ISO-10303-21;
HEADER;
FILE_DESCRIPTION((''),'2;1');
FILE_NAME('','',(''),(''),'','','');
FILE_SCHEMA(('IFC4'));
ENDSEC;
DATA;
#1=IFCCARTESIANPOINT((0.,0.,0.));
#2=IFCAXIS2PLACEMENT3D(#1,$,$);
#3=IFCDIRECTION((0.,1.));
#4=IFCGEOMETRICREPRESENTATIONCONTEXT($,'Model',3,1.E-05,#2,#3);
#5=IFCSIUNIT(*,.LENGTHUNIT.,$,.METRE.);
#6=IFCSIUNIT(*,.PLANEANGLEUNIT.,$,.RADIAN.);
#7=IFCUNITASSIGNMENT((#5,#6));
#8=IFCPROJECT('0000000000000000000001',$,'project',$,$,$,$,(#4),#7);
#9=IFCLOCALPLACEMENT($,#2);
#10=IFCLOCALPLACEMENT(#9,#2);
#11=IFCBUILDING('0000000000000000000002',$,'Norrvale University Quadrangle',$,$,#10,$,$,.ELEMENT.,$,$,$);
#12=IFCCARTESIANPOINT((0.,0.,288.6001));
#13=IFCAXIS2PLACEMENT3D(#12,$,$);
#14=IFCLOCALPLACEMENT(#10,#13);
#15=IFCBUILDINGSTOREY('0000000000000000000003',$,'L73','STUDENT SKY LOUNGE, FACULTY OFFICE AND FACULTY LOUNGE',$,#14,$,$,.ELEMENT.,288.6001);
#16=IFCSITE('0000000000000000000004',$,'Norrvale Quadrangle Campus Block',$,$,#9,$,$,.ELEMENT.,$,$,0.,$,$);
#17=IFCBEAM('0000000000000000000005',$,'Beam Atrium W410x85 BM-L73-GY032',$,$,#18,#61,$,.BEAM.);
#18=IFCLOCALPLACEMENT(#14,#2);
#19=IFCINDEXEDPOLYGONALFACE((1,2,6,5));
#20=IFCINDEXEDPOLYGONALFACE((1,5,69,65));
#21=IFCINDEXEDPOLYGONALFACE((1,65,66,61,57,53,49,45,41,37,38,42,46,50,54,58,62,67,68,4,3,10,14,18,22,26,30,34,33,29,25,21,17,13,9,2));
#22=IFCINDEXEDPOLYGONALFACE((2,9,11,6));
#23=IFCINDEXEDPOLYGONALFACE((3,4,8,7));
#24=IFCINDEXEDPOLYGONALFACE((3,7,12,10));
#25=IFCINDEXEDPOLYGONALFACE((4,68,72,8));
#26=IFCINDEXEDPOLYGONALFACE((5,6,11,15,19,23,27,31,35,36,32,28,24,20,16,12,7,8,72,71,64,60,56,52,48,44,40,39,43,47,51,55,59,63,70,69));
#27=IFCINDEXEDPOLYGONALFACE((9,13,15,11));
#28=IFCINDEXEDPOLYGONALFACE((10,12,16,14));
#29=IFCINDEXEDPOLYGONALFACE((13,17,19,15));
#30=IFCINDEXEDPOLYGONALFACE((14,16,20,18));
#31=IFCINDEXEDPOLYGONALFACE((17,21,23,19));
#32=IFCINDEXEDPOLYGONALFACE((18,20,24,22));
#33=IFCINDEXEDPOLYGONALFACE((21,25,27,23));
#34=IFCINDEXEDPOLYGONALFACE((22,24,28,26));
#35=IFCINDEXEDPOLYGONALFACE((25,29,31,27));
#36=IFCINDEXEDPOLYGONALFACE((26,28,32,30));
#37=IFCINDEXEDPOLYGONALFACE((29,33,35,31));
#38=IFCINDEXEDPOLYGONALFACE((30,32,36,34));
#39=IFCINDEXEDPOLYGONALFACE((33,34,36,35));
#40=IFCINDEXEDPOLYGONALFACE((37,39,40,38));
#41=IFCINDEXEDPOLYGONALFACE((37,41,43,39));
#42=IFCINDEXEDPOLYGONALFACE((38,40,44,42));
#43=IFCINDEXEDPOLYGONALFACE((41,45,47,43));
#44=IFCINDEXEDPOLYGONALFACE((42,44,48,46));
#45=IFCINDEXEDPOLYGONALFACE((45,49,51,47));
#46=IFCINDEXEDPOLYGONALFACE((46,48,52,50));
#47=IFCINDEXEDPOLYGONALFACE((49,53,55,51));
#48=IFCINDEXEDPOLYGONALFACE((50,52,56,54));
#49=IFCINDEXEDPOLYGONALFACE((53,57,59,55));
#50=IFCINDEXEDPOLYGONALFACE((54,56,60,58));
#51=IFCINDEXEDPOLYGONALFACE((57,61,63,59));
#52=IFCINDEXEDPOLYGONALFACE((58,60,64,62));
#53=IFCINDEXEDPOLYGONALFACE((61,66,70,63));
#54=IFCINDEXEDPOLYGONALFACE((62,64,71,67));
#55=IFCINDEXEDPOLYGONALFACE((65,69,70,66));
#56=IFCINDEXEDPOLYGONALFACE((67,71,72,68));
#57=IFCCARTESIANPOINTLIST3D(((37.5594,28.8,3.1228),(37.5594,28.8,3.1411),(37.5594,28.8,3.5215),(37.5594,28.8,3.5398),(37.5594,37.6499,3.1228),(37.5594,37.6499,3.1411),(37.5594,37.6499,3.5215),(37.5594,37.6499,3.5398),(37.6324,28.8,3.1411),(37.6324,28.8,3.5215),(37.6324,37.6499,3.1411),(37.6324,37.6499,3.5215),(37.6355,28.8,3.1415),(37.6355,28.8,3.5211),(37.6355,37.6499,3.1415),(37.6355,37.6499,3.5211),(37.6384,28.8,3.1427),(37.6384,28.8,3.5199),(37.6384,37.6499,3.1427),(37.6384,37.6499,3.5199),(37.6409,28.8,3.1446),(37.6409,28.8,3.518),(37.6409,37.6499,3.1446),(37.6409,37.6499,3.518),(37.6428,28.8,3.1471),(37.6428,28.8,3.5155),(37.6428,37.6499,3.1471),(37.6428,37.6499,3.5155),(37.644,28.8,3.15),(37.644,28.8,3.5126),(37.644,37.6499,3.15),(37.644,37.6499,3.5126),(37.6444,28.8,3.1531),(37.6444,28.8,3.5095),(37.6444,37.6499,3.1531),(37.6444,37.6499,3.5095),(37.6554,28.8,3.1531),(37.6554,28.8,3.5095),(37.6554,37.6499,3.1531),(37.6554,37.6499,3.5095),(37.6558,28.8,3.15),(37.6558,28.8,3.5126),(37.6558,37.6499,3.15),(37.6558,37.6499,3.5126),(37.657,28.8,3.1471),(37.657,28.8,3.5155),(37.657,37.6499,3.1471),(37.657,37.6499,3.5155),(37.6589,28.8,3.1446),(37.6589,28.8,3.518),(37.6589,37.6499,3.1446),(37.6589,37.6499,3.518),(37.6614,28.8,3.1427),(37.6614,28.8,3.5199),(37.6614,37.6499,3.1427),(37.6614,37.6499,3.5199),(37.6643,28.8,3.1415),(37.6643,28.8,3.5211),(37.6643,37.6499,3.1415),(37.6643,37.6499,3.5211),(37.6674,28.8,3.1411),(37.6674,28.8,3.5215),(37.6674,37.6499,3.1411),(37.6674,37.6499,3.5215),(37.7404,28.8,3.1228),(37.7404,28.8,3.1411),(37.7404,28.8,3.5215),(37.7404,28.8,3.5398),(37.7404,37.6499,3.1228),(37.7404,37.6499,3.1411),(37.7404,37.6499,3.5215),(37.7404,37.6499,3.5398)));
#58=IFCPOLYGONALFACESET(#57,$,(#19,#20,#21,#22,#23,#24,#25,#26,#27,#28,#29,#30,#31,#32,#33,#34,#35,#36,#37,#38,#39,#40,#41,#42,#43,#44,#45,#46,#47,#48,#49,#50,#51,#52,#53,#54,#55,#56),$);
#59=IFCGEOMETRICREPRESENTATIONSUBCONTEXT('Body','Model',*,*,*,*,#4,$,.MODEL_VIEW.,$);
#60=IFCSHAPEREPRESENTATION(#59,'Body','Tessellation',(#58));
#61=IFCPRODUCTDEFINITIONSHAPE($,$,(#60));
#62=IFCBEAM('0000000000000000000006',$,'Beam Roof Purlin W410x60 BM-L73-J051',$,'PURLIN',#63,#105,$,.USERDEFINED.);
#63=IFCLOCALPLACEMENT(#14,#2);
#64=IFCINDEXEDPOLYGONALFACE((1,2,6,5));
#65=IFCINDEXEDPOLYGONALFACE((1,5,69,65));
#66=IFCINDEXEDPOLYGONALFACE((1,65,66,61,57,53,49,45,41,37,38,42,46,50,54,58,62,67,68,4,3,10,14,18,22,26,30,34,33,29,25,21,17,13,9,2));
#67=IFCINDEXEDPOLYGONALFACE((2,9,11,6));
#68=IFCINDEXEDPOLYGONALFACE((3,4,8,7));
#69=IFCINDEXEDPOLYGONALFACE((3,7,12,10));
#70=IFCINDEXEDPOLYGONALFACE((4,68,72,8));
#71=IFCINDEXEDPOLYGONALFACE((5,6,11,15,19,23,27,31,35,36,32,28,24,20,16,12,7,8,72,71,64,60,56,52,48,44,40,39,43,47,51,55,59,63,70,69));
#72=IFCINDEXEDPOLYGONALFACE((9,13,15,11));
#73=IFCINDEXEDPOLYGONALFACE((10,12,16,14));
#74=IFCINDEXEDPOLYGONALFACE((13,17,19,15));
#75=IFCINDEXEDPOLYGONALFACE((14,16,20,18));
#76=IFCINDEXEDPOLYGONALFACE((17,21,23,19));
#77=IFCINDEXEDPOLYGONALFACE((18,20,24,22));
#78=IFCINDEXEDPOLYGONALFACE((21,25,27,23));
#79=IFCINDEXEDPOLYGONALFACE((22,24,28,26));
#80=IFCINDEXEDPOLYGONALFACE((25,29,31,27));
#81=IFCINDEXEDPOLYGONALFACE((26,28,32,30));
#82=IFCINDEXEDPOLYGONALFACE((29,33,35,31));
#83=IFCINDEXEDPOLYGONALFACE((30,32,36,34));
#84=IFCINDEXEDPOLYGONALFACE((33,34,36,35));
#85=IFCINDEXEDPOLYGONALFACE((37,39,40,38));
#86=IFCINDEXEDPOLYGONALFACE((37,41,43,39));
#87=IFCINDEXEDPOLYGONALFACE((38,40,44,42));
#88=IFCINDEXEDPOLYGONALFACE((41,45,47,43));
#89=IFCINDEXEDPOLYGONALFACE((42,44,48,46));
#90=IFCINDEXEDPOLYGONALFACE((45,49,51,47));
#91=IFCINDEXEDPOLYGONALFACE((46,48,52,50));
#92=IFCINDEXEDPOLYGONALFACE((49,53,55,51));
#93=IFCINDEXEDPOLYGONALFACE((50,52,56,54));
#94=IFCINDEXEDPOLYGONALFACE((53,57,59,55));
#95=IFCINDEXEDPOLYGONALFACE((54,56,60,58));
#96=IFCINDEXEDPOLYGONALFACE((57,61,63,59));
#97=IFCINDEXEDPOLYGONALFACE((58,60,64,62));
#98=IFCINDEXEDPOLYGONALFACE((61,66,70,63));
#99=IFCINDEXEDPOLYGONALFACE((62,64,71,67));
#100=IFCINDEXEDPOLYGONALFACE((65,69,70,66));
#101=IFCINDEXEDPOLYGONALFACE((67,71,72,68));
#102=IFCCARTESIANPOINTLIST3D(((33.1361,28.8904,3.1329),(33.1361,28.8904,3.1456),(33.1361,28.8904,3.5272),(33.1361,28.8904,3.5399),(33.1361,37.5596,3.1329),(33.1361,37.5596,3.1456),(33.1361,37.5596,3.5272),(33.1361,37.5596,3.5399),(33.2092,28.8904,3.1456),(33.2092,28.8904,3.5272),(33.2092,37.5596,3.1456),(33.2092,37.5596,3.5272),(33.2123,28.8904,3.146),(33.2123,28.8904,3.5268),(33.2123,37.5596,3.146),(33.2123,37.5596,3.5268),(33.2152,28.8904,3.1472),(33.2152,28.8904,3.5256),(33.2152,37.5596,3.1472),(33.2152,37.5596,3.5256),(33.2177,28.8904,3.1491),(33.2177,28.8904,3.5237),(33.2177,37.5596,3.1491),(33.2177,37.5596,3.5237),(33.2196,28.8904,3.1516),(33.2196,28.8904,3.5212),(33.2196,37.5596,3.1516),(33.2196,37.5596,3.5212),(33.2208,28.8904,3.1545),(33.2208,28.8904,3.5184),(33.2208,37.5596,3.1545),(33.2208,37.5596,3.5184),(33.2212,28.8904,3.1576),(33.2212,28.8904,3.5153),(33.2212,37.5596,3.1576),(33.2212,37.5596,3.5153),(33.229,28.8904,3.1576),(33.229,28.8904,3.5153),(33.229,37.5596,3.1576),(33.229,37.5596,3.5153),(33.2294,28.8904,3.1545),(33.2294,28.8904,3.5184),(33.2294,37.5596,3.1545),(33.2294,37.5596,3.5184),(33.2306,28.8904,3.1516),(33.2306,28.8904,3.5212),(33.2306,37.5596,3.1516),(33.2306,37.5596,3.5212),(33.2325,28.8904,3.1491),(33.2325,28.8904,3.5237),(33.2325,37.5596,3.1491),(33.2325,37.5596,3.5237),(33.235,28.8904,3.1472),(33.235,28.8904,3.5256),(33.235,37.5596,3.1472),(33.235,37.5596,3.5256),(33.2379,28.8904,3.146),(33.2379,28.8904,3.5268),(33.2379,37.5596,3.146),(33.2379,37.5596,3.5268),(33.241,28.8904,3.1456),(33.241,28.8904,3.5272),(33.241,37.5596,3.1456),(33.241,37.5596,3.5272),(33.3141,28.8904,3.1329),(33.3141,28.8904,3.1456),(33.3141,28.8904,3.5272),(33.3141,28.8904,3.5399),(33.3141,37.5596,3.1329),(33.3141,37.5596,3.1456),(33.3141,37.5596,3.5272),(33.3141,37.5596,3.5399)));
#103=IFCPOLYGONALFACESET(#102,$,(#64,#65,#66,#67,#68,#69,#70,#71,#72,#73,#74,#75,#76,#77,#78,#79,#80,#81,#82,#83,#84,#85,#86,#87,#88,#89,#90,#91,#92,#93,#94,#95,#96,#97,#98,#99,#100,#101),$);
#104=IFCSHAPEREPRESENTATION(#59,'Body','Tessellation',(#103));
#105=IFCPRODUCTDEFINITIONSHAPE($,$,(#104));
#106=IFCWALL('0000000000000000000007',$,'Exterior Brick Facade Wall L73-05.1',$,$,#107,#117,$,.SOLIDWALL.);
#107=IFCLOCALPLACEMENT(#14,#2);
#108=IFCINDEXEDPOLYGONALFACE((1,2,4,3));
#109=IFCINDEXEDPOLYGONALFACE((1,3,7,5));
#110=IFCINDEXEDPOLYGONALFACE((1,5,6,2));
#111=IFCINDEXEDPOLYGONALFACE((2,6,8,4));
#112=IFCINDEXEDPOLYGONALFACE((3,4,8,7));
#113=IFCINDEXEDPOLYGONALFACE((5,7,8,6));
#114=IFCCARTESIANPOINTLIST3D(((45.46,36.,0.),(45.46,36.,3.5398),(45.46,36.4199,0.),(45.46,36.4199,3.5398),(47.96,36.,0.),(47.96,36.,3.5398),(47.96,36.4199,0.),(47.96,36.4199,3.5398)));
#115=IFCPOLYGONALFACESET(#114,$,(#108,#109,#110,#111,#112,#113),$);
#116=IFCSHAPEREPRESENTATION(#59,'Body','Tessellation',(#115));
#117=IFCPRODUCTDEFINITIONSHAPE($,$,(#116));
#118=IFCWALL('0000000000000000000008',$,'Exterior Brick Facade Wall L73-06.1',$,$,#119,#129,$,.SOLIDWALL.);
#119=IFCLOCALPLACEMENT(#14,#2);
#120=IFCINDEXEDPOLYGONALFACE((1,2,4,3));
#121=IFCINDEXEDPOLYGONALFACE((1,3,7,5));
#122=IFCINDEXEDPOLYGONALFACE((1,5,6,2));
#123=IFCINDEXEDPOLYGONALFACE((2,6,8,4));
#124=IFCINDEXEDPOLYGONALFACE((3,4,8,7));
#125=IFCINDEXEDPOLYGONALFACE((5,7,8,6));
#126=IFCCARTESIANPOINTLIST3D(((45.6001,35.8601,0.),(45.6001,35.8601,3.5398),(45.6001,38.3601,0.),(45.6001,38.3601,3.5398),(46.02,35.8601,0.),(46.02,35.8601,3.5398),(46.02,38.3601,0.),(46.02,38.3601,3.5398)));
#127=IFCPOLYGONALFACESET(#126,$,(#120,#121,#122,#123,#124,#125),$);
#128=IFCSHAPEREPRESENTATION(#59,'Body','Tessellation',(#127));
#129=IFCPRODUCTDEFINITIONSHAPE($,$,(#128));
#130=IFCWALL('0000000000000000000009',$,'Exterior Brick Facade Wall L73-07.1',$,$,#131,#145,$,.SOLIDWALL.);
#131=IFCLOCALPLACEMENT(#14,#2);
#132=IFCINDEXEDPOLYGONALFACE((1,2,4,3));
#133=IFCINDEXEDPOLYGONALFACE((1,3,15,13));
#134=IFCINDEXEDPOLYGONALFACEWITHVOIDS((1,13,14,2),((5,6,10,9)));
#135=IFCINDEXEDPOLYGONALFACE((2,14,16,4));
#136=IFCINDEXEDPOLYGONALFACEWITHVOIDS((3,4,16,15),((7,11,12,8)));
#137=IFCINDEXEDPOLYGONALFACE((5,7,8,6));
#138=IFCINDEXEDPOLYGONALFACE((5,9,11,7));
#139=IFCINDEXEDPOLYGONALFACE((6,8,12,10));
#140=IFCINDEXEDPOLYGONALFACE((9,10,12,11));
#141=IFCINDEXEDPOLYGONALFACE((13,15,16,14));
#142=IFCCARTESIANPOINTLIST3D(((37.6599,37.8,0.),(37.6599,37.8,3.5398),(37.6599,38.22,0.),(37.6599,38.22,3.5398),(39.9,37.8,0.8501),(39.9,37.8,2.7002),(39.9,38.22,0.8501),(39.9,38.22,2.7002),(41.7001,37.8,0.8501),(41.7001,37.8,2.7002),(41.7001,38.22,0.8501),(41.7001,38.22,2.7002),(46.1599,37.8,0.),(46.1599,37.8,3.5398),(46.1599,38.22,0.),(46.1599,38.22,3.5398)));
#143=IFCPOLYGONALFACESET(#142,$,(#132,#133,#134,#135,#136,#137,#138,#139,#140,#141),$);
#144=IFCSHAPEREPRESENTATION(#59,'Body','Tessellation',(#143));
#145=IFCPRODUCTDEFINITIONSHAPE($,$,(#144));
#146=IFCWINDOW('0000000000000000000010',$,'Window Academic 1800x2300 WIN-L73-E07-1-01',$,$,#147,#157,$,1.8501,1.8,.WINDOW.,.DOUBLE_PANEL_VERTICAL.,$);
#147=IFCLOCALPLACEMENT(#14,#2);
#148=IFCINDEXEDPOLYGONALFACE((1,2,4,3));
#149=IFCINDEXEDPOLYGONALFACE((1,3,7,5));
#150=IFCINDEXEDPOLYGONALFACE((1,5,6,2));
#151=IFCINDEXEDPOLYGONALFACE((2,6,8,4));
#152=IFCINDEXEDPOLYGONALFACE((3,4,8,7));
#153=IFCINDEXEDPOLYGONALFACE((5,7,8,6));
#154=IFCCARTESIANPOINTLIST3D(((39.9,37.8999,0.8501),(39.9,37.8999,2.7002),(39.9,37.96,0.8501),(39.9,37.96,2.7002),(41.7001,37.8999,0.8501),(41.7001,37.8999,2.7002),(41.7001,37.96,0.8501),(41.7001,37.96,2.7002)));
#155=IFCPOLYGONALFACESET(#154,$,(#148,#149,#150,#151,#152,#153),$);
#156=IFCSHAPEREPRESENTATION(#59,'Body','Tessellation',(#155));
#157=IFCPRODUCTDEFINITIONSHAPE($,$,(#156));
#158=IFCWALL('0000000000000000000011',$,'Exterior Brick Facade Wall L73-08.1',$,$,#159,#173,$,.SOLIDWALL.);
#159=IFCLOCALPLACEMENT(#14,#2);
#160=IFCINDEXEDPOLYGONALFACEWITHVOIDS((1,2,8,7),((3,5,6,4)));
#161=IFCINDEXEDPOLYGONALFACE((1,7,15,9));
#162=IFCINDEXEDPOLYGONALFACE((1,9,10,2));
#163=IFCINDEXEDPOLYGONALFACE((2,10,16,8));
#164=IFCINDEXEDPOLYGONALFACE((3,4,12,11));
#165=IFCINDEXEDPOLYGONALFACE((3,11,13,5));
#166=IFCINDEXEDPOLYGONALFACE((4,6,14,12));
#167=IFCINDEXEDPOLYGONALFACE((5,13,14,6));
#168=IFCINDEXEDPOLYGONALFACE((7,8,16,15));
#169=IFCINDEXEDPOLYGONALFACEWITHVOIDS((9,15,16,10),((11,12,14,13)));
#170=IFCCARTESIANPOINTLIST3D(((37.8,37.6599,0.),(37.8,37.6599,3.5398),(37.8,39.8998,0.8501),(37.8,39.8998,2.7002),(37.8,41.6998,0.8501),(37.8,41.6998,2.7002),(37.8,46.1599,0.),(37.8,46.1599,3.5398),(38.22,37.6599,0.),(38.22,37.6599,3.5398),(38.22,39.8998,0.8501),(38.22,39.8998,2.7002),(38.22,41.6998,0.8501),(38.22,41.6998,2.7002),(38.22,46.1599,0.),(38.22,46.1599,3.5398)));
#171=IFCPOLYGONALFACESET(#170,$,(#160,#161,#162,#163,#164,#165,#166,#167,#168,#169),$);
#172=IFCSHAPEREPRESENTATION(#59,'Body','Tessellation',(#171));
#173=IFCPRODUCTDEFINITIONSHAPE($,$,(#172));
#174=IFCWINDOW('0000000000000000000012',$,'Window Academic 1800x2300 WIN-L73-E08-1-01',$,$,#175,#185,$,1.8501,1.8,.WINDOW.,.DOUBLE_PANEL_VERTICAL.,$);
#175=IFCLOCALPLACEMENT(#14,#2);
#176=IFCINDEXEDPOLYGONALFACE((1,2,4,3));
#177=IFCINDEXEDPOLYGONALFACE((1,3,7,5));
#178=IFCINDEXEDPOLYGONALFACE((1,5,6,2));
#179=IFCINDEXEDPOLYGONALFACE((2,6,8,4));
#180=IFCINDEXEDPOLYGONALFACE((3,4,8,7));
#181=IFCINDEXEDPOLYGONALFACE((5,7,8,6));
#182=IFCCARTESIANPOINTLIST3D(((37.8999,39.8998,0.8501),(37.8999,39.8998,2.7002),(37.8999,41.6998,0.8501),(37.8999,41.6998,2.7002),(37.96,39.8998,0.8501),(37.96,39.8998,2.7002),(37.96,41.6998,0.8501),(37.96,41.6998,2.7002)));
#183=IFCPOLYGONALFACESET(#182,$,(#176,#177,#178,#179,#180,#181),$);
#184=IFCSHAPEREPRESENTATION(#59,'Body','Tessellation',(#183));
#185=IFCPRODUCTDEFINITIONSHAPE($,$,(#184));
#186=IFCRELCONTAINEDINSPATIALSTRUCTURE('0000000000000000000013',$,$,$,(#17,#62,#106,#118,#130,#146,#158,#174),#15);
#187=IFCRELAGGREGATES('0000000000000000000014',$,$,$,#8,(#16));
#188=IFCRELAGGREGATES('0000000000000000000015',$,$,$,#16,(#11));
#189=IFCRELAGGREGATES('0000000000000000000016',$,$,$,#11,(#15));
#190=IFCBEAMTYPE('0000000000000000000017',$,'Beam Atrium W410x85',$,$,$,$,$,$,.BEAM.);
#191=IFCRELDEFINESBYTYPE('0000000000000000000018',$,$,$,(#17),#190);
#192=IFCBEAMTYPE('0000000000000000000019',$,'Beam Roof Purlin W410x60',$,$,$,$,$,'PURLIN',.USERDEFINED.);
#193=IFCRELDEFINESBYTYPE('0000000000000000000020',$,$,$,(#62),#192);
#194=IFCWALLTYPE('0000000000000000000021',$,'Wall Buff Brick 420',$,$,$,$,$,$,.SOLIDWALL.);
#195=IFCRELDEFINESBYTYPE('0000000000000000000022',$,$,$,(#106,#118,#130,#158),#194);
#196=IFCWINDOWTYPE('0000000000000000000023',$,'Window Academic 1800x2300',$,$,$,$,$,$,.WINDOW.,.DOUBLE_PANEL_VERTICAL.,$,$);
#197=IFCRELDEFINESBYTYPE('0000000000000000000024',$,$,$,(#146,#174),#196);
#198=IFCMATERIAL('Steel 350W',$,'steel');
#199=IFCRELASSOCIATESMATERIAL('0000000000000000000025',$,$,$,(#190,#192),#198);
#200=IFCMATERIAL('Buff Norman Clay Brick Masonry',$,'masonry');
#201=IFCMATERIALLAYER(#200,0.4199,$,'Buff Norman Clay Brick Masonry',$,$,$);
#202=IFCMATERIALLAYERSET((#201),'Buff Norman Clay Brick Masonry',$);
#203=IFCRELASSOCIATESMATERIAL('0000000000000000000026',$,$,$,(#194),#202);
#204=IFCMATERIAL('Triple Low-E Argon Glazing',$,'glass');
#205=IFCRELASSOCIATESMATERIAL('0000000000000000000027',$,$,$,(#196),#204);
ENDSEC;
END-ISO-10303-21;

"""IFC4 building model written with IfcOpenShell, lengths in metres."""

from ifc_helpers import new_model, si_unit, direction, frame, frame_2d, origin, origin_2d, place, context, subcontext, project, spatial, rectangle, i_section, extrude, material, layer, layer_set, material_profile, profile_set, type_object, element, fill, save


model = new_model("IFC4")

# Units and contexts
model_context = context("Model", 3, precision=1e-05, world=origin(), true_north=direction((0.0, 1.0)))
body_context = subcontext(model_context, "Body", "Model", "MODEL_VIEW")
ifc_project = project(units=[si_unit("LENGTHUNIT", "METRE"), si_unit("PLANEANGLEUNIT", "RADIAN")], contexts=[model_context])

# Site, building, storey
site_placement = place(None, origin())
site = spatial("IfcSite", under=ifc_project, at=site_placement, Name="Norrvale Quadrangle Campus Block", CompositionType="ELEMENT", RefElevation=0.0)
building_placement = place(site_placement, origin())
building = spatial("IfcBuilding", under=site, at=building_placement, Name="Norrvale University Quadrangle", CompositionType="ELEMENT")
storey_placement = place(building_placement, frame((0.0, 0.0, 288.6001)))
storey = spatial("IfcBuildingStorey", under=building, at=storey_placement, Name="L73", Description="STUDENT SKY LOUNGE, FACULTY OFFICE AND FACULTY LOUNGE", CompositionType="ELEMENT", Elevation=288.6001)

# Beams
ifc_material_1 = material(Name="Steel 350W", Category="steel")
ifc_material_profile_1 = material_profile(ifc_material_1, i_section(OverallWidth=0.1809, OverallDepth=0.417, WebThickness=0.011, FlangeThickness=0.0183, FilletRadius=0.012, at=origin_2d()), Name="Steel 350W")
ifc_profile_set_1 = profile_set([ifc_material_profile_1], Name="Steel 350W")
beam_type_1 = type_object("IfcBeamType", Name="Beam Atrium W410x85", PredefinedType="BEAM", material=ifc_profile_set_1)
beam_1_placement = place(storey_placement, frame((37.6499, 28.8, 3.3313), z_axis=(0.0, 1.0, 0.0), x_axis=(-1.0, 0.0, 0.0)))
element("IfcBeam", 1, at=beam_1_placement, inside=storey, type_object=beam_type_1, Name="Beam Atrium W410x85 BM-L73-GY032", PredefinedType="BEAM", context=body_context, shape_type="SweptSolid", body=[
    extrude(i_section(OverallWidth=0.1809, OverallDepth=0.417, WebThickness=0.011, FlangeThickness=0.0183, FilletRadius=0.012, at=origin_2d()), origin(), (0.0, 0.0, 1.0), 8.8499),
])
ifc_material_profile_2 = material_profile(ifc_material_1, i_section(OverallWidth=0.178, OverallDepth=0.407, WebThickness=0.0078, FlangeThickness=0.0127, FilletRadius=0.012, at=origin_2d()), Name="Steel 350W")
ifc_profile_set_2 = profile_set([ifc_material_profile_2], Name="Steel 350W")
beam_type_2 = type_object("IfcBeamType", Name="Beam Roof Purlin W410x60", ElementType="PURLIN", PredefinedType="USERDEFINED", material=ifc_profile_set_2)
beam_2_placement = place(storey_placement, frame((33.2251, 28.8904, 3.3364), z_axis=(0.0, 1.0, 0.0), x_axis=(-1.0, 0.0, 0.0)))
element("IfcBeam", 2, at=beam_2_placement, inside=storey, type_object=beam_type_2, Name="Beam Roof Purlin W410x60 BM-L73-J051", ObjectType="PURLIN", PredefinedType="USERDEFINED", context=body_context, shape_type="SweptSolid", body=[
    extrude(i_section(OverallWidth=0.178, OverallDepth=0.407, WebThickness=0.0078, FlangeThickness=0.0127, FilletRadius=0.012, at=origin_2d()), origin(), (0.0, 0.0, 1.0), 8.6692),
])

# Walls
ifc_material_2 = material(Name="Buff Norman Clay Brick Masonry", Category="masonry")
ifc_layer = layer(ifc_material_2, 0.4199, Name="Buff Norman Clay Brick Masonry")
ifc_layer_set = layer_set([ifc_layer], Name="Buff Norman Clay Brick Masonry")
wall_type = type_object("IfcWallType", Name="Wall Buff Brick 420", PredefinedType="SOLIDWALL", material=ifc_layer_set)
for number, where, z_axis, x_axis, name in (
    (3, (47.96, 36.21, 0.0), (0.0, 0.0, 1.0), (-1.0, 0.0, 0.0), "Exterior Brick Facade Wall L73-05.1"),
    (4, (45.8101, 35.8601, 0.0), (0.0, 0.0, 1.0), (0.0, 1.0, 0.0), "Exterior Brick Facade Wall L73-06.1"),
):
    element("IfcWall", number, at=place(storey_placement, frame(where, z_axis=z_axis, x_axis=x_axis)), inside=storey, type_object=wall_type, Name=name, PredefinedType="SOLIDWALL", context=body_context, shape_type="SweptSolid", body=[
        extrude(rectangle(XDim=2.5, YDim=0.4199, at=frame_2d((1.25, 0.0))), origin(), (0.0, 0.0, 1.0), 3.5398),
    ])

# Walls, openings, windows
wall_1_placement = place(storey_placement, frame((46.1599, 38.01, 0.0), z_axis=(0.0, 0.0, 1.0), x_axis=(-1.0, 0.0, 0.0)))
wall_1 = element("IfcWall", 5, at=wall_1_placement, inside=storey, type_object=wall_type, Name="Exterior Brick Facade Wall L73-07.1", PredefinedType="SOLIDWALL", context=body_context, shape_type="SweptSolid", body=[
    extrude(rectangle(XDim=8.5, YDim=0.4199, at=frame_2d((4.25, 0.0))), origin(), (0.0, 0.0, 1.0), 3.5398),
])
opening_1_placement = place(wall_1_placement, frame((4.46, 0.0, 0.8501)))
opening_1 = element("IfcOpeningElement", 6, at=opening_1_placement, cuts=wall_1, PredefinedType="OPENING", context=body_context, shape_type="SweptSolid", body=[
    extrude(rectangle(XDim=1.8, YDim=1.8501, at=frame_2d((0.8999, 0.925))), frame((0.0, 0.2219, 0.0), z_axis=(0.0, -1.0, 0.0), x_axis=(1.0, 0.0, 0.0)), (0.0, 0.0, 1.0), 0.4438),
])
ifc_material_3 = material(Name="Triple Low-E Argon Glazing", Category="glass")
window_type_1 = type_object("IfcWindowType", Name="Window Academic 1800x2300", PartitioningType="DOUBLE_PANEL_VERTICAL", PredefinedType="WINDOW", material=ifc_material_3)
window_1_placement = place(opening_1_placement, origin())
window_1 = element("IfcWindow", 7, at=window_1_placement, inside=storey, type_object=window_type_1, Name="Window Academic 1800x2300 WIN-L73-E07-1-01", OverallHeight=1.8501, OverallWidth=1.8, PartitioningType="DOUBLE_PANEL_VERTICAL", PredefinedType="WINDOW", context=body_context, shape_type="SweptSolid", body=[
    extrude(rectangle(XDim=1.8, YDim=1.8501, at=frame_2d((0.8999, 0.925))), frame((0.0, 0.1101, 0.0), z_axis=(0.0, -1.0, 0.0), x_axis=(1.0, 0.0, 0.0)), (0.0, 0.0, 1.0), 0.0601),
])
fill(opening_1, window_1)
wall_2_placement = place(storey_placement, frame((38.01, 37.6599, 0.0), z_axis=(0.0, 0.0, 1.0), x_axis=(0.0, 1.0, 0.0)))
wall_2 = element("IfcWall", 8, at=wall_2_placement, inside=storey, type_object=wall_type, Name="Exterior Brick Facade Wall L73-08.1", PredefinedType="SOLIDWALL", context=body_context, shape_type="SweptSolid", body=[
    extrude(rectangle(XDim=8.5, YDim=0.4199, at=frame_2d((4.25, 0.0))), origin(), (0.0, 0.0, 1.0), 3.5398),
])
opening_2_placement = place(wall_2_placement, frame((2.24, 0.0, 0.8501)))
opening_2 = element("IfcOpeningElement", 9, at=opening_2_placement, cuts=wall_2, PredefinedType="OPENING", context=body_context, shape_type="SweptSolid", body=[
    extrude(rectangle(XDim=1.8, YDim=1.8501, at=frame_2d((0.8999, 0.925))), frame((0.0, 0.2219, 0.0), z_axis=(0.0, -1.0, 0.0), x_axis=(1.0, 0.0, 0.0)), (0.0, 0.0, 1.0), 0.4438),
])
window_2_placement = place(opening_2_placement, origin())
window_2 = element("IfcWindow", 10, at=window_2_placement, inside=storey, type_object=window_type_1, Name="Window Academic 1800x2300 WIN-L73-E08-1-01", OverallHeight=1.8501, OverallWidth=1.8, PartitioningType="DOUBLE_PANEL_VERTICAL", PredefinedType="WINDOW", context=body_context, shape_type="SweptSolid", body=[
    extrude(rectangle(XDim=1.8, YDim=1.8501, at=frame_2d((0.8999, 0.925))), frame((0.0, 0.1101, 0.0), z_axis=(0.0, -1.0, 0.0), x_axis=(1.0, 0.0, 0.0)), (0.0, 0.0, 1.0), 0.0601),
])
fill(opening_2, window_2)

save(model, "model.ifc")
